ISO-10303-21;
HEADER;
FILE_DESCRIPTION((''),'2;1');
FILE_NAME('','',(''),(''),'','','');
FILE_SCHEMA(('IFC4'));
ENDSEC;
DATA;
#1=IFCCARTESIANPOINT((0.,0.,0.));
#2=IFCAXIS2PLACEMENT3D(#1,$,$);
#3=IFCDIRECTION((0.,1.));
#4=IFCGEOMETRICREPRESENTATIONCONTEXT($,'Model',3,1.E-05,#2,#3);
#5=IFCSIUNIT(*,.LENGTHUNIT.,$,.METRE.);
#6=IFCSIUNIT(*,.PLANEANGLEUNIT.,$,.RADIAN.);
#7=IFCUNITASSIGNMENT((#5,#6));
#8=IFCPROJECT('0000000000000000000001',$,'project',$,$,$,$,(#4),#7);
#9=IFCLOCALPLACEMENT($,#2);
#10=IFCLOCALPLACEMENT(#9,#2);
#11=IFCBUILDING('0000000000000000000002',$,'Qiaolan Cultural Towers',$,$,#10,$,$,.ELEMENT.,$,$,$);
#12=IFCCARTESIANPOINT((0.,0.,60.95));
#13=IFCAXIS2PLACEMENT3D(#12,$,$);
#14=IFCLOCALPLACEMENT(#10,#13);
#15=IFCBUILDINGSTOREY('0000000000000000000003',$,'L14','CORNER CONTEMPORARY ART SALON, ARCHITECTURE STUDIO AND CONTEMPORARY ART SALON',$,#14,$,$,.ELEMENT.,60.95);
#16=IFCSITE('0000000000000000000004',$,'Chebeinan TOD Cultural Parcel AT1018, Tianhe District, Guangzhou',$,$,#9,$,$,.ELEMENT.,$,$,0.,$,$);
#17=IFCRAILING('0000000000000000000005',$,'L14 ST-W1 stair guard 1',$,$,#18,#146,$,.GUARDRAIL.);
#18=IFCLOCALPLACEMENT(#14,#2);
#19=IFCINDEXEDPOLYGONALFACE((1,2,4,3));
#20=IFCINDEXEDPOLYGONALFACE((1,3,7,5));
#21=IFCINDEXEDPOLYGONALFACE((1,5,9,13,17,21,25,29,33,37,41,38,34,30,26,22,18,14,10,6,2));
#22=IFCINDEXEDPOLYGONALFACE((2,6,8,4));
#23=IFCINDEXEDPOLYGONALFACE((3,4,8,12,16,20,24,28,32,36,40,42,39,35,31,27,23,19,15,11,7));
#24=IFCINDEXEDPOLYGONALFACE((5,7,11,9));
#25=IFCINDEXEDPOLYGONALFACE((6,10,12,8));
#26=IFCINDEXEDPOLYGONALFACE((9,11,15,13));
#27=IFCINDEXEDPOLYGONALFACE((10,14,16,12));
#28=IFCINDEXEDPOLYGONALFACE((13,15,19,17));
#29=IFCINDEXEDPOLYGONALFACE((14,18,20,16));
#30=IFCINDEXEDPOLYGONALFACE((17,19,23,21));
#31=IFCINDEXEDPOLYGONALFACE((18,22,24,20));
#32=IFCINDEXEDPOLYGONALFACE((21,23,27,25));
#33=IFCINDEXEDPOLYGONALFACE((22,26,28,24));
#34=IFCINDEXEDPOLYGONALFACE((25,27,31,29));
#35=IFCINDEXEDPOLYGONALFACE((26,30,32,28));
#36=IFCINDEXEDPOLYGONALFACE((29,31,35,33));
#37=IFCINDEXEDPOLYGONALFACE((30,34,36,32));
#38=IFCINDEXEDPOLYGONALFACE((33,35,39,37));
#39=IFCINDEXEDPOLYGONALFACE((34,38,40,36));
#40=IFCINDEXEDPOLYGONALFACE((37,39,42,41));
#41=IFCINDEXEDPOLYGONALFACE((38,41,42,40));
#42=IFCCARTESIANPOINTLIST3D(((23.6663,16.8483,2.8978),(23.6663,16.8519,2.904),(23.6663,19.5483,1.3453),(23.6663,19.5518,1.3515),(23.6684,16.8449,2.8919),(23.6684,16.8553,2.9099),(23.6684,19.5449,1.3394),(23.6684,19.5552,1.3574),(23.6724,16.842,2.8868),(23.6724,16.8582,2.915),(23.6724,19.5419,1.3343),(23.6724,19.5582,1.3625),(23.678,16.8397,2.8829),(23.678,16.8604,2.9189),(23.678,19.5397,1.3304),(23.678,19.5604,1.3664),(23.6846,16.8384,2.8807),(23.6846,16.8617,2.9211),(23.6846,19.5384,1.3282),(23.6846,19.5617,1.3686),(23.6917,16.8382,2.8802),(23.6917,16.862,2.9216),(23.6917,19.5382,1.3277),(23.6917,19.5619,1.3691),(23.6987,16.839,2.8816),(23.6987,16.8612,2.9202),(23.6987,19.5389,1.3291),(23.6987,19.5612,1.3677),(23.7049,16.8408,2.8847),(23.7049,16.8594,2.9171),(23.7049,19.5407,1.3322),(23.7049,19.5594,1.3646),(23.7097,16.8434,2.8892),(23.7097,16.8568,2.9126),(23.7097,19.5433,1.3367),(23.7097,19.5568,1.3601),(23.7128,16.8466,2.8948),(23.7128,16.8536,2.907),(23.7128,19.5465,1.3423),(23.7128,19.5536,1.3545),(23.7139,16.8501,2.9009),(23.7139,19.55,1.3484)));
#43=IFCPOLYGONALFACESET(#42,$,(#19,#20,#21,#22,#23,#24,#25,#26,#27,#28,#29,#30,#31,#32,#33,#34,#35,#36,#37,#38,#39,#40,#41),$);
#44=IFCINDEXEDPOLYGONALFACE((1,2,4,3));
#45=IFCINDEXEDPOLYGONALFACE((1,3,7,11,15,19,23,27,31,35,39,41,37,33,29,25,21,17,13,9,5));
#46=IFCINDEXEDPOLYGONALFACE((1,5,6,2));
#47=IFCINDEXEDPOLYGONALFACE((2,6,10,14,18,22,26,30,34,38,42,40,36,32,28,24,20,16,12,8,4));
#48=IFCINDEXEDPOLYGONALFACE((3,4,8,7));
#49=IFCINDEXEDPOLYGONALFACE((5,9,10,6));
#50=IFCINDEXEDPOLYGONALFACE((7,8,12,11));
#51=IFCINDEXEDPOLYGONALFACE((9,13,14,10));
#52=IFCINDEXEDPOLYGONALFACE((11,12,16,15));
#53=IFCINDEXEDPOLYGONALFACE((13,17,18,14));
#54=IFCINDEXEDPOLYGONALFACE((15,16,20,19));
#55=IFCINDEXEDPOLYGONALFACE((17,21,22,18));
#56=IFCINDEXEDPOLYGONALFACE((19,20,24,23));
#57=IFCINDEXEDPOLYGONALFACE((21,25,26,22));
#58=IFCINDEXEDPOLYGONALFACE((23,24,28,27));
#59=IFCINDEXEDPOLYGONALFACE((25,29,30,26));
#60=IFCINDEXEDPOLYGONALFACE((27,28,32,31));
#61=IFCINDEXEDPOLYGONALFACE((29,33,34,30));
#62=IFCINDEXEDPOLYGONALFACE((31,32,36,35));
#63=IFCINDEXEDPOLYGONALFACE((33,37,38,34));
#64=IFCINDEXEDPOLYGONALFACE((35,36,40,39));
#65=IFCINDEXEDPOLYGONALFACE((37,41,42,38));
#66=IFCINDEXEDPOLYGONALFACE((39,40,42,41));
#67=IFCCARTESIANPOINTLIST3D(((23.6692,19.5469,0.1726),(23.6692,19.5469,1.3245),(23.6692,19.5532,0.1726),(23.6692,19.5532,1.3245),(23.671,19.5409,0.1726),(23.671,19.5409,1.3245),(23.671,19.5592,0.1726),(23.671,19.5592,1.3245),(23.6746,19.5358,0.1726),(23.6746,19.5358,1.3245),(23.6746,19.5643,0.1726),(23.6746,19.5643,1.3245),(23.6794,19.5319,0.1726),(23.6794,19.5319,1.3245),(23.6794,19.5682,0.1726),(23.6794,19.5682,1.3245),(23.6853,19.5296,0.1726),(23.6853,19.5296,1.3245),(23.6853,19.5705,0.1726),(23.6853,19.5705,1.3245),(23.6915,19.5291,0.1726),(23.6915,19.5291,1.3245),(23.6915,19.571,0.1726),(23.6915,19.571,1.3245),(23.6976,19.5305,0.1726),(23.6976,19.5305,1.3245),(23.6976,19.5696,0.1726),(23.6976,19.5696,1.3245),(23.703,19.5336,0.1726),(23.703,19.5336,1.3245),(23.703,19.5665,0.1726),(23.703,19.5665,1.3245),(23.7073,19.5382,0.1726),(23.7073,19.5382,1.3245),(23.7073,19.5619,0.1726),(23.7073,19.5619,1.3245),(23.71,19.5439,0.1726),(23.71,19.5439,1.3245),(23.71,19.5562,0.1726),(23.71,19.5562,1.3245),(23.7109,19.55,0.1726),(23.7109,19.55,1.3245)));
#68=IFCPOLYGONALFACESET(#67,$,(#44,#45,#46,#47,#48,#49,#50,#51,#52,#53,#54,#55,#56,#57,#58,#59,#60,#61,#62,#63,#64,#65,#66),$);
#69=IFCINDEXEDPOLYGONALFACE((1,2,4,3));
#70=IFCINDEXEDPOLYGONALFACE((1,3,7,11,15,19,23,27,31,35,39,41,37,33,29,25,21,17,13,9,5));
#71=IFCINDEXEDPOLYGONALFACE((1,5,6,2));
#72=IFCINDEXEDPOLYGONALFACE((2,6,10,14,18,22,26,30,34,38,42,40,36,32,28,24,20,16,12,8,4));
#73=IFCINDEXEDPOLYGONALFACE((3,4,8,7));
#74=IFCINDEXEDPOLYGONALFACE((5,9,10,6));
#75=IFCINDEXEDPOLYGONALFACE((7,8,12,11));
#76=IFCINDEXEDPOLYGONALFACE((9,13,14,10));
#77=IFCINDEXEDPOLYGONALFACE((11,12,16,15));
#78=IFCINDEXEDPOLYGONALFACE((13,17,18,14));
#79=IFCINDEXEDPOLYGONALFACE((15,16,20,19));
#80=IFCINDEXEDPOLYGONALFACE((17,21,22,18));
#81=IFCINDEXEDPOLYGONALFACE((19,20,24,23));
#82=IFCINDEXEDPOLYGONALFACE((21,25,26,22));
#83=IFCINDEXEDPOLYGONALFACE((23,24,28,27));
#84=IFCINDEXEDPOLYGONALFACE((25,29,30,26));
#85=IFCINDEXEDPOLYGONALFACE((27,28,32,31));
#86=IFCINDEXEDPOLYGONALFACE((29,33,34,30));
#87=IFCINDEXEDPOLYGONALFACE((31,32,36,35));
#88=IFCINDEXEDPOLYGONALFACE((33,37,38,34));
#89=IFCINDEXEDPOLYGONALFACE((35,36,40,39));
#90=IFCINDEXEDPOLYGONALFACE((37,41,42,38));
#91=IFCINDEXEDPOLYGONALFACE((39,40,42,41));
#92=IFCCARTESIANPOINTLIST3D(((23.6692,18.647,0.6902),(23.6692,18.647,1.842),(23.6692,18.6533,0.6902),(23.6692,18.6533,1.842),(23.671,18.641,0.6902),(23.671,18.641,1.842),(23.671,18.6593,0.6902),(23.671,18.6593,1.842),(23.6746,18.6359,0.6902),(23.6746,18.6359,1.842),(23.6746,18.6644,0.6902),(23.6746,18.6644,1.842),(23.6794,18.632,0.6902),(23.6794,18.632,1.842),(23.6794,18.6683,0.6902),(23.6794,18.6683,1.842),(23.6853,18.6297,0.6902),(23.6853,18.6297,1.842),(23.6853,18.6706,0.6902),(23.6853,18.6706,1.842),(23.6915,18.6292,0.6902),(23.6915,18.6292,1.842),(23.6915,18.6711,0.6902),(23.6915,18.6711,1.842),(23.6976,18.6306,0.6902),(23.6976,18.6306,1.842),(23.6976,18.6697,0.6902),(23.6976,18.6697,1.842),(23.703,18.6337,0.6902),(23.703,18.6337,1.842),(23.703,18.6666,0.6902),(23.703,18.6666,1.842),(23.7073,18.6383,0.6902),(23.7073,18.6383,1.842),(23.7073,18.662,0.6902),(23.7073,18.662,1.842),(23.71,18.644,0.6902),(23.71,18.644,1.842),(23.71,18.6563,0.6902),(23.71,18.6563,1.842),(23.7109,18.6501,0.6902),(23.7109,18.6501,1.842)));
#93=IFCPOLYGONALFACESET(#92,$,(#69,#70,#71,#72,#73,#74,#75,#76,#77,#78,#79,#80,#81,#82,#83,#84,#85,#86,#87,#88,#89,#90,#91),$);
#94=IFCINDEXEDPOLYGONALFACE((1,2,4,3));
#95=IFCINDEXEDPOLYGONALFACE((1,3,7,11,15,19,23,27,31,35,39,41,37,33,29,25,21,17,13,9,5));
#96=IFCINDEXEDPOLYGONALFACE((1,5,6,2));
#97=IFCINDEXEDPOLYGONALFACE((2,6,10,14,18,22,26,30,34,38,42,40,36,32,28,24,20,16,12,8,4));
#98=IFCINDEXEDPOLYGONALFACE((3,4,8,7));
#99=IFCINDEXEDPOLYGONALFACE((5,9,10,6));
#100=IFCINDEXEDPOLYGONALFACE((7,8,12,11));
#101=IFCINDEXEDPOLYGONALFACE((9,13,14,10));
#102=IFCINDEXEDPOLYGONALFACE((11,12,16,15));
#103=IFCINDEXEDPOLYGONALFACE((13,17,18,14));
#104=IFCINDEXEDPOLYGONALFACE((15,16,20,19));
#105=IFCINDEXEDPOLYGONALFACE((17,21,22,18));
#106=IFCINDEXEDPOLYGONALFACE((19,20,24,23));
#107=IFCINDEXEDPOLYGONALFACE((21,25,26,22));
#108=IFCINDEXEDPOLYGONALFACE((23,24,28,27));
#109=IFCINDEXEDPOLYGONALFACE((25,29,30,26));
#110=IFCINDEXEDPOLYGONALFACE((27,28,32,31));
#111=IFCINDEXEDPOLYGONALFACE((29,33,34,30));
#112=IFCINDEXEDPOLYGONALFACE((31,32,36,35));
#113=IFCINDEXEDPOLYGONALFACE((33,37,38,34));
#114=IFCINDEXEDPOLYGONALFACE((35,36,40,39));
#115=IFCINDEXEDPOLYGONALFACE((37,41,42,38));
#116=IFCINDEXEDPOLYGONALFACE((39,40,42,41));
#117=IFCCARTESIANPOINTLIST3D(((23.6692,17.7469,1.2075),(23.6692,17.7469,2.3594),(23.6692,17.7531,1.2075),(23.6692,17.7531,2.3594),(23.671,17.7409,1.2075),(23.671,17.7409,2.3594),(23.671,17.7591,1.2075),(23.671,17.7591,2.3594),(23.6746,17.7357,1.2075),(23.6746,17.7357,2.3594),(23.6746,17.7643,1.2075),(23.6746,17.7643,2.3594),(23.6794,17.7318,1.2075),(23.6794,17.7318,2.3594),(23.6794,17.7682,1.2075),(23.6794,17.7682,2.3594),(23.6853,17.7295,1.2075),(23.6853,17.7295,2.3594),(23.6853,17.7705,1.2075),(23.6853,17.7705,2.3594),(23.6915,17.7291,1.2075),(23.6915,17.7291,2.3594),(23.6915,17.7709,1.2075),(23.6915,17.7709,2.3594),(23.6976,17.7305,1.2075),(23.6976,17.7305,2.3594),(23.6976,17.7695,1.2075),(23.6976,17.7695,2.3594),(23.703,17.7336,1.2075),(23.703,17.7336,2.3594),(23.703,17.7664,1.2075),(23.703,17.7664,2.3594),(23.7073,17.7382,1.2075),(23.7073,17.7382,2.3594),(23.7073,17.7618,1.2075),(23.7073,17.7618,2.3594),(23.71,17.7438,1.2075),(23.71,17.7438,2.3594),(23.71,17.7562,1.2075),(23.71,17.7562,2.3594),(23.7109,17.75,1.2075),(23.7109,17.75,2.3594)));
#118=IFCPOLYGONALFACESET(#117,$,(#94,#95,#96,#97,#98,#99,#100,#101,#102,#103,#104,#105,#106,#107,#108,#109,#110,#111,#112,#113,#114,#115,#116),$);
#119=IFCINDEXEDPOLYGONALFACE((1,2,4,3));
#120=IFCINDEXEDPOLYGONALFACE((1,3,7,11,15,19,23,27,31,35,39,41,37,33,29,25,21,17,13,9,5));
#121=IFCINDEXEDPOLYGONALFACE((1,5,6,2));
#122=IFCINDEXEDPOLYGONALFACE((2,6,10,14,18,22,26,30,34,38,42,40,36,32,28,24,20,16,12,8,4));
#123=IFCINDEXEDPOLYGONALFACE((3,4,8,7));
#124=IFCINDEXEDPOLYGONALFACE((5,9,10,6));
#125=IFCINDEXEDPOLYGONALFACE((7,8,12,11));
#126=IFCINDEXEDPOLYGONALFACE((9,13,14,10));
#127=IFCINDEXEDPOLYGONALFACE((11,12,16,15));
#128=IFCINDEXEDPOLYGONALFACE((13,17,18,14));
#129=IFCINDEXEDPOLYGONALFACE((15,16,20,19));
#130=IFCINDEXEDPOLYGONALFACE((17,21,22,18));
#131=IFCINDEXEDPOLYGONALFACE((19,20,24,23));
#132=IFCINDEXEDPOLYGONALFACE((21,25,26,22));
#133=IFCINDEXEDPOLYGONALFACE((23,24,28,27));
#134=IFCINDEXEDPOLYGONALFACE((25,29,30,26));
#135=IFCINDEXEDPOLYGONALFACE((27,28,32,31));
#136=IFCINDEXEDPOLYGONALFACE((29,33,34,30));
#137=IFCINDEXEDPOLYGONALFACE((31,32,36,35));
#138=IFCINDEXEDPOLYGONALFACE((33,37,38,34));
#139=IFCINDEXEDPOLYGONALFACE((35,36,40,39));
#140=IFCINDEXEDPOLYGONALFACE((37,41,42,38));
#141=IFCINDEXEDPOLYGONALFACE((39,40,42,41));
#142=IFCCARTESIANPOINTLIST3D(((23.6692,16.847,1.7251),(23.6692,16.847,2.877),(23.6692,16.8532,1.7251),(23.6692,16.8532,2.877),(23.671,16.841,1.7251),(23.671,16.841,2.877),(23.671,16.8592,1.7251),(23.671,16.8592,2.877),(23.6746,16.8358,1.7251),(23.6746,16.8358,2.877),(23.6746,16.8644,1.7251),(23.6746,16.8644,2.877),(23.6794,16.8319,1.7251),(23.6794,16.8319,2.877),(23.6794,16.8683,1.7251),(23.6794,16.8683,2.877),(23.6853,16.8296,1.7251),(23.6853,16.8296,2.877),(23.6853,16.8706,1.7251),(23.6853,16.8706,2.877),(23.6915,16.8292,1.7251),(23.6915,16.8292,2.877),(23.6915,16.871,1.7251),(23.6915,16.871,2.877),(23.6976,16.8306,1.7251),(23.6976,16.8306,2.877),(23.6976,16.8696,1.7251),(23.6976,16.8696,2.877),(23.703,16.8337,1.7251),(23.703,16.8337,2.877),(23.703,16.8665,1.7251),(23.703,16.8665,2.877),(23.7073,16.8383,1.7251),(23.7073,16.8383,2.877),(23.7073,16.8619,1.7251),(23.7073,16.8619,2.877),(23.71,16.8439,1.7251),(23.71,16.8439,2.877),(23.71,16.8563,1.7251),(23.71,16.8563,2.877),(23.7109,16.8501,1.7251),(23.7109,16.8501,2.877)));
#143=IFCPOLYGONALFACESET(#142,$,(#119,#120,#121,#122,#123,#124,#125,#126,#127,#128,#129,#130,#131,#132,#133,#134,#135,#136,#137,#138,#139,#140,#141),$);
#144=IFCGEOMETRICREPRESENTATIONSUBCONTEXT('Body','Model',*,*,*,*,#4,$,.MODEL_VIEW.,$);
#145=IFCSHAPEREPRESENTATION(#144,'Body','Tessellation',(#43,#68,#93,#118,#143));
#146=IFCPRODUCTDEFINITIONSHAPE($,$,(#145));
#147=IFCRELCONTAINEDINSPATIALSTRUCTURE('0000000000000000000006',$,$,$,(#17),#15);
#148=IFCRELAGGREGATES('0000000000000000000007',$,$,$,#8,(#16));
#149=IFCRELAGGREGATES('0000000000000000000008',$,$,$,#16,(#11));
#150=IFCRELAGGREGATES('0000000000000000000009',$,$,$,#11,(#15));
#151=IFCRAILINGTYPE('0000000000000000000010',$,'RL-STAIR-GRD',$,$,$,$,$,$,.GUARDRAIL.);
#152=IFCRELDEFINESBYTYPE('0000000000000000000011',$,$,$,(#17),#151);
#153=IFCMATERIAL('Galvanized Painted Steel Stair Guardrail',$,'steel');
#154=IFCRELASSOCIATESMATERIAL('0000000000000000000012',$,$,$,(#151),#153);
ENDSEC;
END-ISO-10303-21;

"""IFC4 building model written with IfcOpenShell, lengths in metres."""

from ifc_helpers import new_model, si_unit, direction, frame, origin, origin_2d, place, context, subcontext, project, spatial, circle, extrude, material, type_object, element, save


model = new_model("IFC4")

# Units and contexts
model_context = context("Model", 3, precision=1e-05, world=origin(), true_north=direction((0.0, 1.0)))
body_context = subcontext(model_context, "Body", "Model", "MODEL_VIEW")
ifc_project = project(units=[si_unit("LENGTHUNIT", "METRE"), si_unit("PLANEANGLEUNIT", "RADIAN")], contexts=[model_context])

# Site, building, storey
site_placement = place(None, origin())
site = spatial("IfcSite", under=ifc_project, at=site_placement, Name="Chebeinan TOD Cultural Parcel AT1018, Tianhe District, Guangzhou", CompositionType="ELEMENT", RefElevation=0.0)
building_placement = place(site_placement, origin())
building = spatial("IfcBuilding", under=site, at=building_placement, Name="Qiaolan Cultural Towers", CompositionType="ELEMENT")
storey_placement = place(building_placement, frame((0.0, 0.0, 60.95)))
storey = spatial("IfcBuildingStorey", under=building, at=storey_placement, Name="L14", Description="CORNER CONTEMPORARY ART SALON, ARCHITECTURE STUDIO AND CONTEMPORARY ART SALON", CompositionType="ELEMENT", Elevation=60.95)

# Railing
ifc_material_1 = material(Name="Galvanized Painted Steel Stair Guardrail", Category="steel")
railing_type_1 = type_object("IfcRailingType", Name="RL-STAIR-GRD", PredefinedType="GUARDRAIL", material=ifc_material_1)
railing_1_placement = place(storey_placement, frame((23.6899, 19.55, 0.1726)))
element("IfcRailing", 1, at=railing_1_placement, inside=storey, type_object=railing_type_1, Name="L14 ST-W1 stair guard 1", PredefinedType="GUARDRAIL", context=body_context, shape_type="SweptSolid", body=[
    extrude(circle(Radius=0.0239, at=origin_2d()), frame((0.0, 0.0, 1.1758), z_axis=(0.0, -0.866904, 0.498476), x_axis=(1.0, 0.0, 0.0)), (0.0, 0.0, 1.0), 3.1145),
    extrude(circle(Radius=0.021, at=origin_2d()), origin(), (0.0, 0.0, 1.0), 1.1519),
    extrude(circle(Radius=0.021, at=origin_2d()), frame((0.0, -0.8999, 0.5176)), (0.0, 0.0, 1.0), 1.1519),
    extrude(circle(Radius=0.021, at=origin_2d()), frame((0.0, -1.8, 1.0349)), (0.0, 0.0, 1.0), 1.1519),
    extrude(circle(Radius=0.021, at=origin_2d()), frame((0.0, -2.7, 1.5525)), (0.0, 0.0, 1.0), 1.1519),
])

save(model, "model.ifc")
